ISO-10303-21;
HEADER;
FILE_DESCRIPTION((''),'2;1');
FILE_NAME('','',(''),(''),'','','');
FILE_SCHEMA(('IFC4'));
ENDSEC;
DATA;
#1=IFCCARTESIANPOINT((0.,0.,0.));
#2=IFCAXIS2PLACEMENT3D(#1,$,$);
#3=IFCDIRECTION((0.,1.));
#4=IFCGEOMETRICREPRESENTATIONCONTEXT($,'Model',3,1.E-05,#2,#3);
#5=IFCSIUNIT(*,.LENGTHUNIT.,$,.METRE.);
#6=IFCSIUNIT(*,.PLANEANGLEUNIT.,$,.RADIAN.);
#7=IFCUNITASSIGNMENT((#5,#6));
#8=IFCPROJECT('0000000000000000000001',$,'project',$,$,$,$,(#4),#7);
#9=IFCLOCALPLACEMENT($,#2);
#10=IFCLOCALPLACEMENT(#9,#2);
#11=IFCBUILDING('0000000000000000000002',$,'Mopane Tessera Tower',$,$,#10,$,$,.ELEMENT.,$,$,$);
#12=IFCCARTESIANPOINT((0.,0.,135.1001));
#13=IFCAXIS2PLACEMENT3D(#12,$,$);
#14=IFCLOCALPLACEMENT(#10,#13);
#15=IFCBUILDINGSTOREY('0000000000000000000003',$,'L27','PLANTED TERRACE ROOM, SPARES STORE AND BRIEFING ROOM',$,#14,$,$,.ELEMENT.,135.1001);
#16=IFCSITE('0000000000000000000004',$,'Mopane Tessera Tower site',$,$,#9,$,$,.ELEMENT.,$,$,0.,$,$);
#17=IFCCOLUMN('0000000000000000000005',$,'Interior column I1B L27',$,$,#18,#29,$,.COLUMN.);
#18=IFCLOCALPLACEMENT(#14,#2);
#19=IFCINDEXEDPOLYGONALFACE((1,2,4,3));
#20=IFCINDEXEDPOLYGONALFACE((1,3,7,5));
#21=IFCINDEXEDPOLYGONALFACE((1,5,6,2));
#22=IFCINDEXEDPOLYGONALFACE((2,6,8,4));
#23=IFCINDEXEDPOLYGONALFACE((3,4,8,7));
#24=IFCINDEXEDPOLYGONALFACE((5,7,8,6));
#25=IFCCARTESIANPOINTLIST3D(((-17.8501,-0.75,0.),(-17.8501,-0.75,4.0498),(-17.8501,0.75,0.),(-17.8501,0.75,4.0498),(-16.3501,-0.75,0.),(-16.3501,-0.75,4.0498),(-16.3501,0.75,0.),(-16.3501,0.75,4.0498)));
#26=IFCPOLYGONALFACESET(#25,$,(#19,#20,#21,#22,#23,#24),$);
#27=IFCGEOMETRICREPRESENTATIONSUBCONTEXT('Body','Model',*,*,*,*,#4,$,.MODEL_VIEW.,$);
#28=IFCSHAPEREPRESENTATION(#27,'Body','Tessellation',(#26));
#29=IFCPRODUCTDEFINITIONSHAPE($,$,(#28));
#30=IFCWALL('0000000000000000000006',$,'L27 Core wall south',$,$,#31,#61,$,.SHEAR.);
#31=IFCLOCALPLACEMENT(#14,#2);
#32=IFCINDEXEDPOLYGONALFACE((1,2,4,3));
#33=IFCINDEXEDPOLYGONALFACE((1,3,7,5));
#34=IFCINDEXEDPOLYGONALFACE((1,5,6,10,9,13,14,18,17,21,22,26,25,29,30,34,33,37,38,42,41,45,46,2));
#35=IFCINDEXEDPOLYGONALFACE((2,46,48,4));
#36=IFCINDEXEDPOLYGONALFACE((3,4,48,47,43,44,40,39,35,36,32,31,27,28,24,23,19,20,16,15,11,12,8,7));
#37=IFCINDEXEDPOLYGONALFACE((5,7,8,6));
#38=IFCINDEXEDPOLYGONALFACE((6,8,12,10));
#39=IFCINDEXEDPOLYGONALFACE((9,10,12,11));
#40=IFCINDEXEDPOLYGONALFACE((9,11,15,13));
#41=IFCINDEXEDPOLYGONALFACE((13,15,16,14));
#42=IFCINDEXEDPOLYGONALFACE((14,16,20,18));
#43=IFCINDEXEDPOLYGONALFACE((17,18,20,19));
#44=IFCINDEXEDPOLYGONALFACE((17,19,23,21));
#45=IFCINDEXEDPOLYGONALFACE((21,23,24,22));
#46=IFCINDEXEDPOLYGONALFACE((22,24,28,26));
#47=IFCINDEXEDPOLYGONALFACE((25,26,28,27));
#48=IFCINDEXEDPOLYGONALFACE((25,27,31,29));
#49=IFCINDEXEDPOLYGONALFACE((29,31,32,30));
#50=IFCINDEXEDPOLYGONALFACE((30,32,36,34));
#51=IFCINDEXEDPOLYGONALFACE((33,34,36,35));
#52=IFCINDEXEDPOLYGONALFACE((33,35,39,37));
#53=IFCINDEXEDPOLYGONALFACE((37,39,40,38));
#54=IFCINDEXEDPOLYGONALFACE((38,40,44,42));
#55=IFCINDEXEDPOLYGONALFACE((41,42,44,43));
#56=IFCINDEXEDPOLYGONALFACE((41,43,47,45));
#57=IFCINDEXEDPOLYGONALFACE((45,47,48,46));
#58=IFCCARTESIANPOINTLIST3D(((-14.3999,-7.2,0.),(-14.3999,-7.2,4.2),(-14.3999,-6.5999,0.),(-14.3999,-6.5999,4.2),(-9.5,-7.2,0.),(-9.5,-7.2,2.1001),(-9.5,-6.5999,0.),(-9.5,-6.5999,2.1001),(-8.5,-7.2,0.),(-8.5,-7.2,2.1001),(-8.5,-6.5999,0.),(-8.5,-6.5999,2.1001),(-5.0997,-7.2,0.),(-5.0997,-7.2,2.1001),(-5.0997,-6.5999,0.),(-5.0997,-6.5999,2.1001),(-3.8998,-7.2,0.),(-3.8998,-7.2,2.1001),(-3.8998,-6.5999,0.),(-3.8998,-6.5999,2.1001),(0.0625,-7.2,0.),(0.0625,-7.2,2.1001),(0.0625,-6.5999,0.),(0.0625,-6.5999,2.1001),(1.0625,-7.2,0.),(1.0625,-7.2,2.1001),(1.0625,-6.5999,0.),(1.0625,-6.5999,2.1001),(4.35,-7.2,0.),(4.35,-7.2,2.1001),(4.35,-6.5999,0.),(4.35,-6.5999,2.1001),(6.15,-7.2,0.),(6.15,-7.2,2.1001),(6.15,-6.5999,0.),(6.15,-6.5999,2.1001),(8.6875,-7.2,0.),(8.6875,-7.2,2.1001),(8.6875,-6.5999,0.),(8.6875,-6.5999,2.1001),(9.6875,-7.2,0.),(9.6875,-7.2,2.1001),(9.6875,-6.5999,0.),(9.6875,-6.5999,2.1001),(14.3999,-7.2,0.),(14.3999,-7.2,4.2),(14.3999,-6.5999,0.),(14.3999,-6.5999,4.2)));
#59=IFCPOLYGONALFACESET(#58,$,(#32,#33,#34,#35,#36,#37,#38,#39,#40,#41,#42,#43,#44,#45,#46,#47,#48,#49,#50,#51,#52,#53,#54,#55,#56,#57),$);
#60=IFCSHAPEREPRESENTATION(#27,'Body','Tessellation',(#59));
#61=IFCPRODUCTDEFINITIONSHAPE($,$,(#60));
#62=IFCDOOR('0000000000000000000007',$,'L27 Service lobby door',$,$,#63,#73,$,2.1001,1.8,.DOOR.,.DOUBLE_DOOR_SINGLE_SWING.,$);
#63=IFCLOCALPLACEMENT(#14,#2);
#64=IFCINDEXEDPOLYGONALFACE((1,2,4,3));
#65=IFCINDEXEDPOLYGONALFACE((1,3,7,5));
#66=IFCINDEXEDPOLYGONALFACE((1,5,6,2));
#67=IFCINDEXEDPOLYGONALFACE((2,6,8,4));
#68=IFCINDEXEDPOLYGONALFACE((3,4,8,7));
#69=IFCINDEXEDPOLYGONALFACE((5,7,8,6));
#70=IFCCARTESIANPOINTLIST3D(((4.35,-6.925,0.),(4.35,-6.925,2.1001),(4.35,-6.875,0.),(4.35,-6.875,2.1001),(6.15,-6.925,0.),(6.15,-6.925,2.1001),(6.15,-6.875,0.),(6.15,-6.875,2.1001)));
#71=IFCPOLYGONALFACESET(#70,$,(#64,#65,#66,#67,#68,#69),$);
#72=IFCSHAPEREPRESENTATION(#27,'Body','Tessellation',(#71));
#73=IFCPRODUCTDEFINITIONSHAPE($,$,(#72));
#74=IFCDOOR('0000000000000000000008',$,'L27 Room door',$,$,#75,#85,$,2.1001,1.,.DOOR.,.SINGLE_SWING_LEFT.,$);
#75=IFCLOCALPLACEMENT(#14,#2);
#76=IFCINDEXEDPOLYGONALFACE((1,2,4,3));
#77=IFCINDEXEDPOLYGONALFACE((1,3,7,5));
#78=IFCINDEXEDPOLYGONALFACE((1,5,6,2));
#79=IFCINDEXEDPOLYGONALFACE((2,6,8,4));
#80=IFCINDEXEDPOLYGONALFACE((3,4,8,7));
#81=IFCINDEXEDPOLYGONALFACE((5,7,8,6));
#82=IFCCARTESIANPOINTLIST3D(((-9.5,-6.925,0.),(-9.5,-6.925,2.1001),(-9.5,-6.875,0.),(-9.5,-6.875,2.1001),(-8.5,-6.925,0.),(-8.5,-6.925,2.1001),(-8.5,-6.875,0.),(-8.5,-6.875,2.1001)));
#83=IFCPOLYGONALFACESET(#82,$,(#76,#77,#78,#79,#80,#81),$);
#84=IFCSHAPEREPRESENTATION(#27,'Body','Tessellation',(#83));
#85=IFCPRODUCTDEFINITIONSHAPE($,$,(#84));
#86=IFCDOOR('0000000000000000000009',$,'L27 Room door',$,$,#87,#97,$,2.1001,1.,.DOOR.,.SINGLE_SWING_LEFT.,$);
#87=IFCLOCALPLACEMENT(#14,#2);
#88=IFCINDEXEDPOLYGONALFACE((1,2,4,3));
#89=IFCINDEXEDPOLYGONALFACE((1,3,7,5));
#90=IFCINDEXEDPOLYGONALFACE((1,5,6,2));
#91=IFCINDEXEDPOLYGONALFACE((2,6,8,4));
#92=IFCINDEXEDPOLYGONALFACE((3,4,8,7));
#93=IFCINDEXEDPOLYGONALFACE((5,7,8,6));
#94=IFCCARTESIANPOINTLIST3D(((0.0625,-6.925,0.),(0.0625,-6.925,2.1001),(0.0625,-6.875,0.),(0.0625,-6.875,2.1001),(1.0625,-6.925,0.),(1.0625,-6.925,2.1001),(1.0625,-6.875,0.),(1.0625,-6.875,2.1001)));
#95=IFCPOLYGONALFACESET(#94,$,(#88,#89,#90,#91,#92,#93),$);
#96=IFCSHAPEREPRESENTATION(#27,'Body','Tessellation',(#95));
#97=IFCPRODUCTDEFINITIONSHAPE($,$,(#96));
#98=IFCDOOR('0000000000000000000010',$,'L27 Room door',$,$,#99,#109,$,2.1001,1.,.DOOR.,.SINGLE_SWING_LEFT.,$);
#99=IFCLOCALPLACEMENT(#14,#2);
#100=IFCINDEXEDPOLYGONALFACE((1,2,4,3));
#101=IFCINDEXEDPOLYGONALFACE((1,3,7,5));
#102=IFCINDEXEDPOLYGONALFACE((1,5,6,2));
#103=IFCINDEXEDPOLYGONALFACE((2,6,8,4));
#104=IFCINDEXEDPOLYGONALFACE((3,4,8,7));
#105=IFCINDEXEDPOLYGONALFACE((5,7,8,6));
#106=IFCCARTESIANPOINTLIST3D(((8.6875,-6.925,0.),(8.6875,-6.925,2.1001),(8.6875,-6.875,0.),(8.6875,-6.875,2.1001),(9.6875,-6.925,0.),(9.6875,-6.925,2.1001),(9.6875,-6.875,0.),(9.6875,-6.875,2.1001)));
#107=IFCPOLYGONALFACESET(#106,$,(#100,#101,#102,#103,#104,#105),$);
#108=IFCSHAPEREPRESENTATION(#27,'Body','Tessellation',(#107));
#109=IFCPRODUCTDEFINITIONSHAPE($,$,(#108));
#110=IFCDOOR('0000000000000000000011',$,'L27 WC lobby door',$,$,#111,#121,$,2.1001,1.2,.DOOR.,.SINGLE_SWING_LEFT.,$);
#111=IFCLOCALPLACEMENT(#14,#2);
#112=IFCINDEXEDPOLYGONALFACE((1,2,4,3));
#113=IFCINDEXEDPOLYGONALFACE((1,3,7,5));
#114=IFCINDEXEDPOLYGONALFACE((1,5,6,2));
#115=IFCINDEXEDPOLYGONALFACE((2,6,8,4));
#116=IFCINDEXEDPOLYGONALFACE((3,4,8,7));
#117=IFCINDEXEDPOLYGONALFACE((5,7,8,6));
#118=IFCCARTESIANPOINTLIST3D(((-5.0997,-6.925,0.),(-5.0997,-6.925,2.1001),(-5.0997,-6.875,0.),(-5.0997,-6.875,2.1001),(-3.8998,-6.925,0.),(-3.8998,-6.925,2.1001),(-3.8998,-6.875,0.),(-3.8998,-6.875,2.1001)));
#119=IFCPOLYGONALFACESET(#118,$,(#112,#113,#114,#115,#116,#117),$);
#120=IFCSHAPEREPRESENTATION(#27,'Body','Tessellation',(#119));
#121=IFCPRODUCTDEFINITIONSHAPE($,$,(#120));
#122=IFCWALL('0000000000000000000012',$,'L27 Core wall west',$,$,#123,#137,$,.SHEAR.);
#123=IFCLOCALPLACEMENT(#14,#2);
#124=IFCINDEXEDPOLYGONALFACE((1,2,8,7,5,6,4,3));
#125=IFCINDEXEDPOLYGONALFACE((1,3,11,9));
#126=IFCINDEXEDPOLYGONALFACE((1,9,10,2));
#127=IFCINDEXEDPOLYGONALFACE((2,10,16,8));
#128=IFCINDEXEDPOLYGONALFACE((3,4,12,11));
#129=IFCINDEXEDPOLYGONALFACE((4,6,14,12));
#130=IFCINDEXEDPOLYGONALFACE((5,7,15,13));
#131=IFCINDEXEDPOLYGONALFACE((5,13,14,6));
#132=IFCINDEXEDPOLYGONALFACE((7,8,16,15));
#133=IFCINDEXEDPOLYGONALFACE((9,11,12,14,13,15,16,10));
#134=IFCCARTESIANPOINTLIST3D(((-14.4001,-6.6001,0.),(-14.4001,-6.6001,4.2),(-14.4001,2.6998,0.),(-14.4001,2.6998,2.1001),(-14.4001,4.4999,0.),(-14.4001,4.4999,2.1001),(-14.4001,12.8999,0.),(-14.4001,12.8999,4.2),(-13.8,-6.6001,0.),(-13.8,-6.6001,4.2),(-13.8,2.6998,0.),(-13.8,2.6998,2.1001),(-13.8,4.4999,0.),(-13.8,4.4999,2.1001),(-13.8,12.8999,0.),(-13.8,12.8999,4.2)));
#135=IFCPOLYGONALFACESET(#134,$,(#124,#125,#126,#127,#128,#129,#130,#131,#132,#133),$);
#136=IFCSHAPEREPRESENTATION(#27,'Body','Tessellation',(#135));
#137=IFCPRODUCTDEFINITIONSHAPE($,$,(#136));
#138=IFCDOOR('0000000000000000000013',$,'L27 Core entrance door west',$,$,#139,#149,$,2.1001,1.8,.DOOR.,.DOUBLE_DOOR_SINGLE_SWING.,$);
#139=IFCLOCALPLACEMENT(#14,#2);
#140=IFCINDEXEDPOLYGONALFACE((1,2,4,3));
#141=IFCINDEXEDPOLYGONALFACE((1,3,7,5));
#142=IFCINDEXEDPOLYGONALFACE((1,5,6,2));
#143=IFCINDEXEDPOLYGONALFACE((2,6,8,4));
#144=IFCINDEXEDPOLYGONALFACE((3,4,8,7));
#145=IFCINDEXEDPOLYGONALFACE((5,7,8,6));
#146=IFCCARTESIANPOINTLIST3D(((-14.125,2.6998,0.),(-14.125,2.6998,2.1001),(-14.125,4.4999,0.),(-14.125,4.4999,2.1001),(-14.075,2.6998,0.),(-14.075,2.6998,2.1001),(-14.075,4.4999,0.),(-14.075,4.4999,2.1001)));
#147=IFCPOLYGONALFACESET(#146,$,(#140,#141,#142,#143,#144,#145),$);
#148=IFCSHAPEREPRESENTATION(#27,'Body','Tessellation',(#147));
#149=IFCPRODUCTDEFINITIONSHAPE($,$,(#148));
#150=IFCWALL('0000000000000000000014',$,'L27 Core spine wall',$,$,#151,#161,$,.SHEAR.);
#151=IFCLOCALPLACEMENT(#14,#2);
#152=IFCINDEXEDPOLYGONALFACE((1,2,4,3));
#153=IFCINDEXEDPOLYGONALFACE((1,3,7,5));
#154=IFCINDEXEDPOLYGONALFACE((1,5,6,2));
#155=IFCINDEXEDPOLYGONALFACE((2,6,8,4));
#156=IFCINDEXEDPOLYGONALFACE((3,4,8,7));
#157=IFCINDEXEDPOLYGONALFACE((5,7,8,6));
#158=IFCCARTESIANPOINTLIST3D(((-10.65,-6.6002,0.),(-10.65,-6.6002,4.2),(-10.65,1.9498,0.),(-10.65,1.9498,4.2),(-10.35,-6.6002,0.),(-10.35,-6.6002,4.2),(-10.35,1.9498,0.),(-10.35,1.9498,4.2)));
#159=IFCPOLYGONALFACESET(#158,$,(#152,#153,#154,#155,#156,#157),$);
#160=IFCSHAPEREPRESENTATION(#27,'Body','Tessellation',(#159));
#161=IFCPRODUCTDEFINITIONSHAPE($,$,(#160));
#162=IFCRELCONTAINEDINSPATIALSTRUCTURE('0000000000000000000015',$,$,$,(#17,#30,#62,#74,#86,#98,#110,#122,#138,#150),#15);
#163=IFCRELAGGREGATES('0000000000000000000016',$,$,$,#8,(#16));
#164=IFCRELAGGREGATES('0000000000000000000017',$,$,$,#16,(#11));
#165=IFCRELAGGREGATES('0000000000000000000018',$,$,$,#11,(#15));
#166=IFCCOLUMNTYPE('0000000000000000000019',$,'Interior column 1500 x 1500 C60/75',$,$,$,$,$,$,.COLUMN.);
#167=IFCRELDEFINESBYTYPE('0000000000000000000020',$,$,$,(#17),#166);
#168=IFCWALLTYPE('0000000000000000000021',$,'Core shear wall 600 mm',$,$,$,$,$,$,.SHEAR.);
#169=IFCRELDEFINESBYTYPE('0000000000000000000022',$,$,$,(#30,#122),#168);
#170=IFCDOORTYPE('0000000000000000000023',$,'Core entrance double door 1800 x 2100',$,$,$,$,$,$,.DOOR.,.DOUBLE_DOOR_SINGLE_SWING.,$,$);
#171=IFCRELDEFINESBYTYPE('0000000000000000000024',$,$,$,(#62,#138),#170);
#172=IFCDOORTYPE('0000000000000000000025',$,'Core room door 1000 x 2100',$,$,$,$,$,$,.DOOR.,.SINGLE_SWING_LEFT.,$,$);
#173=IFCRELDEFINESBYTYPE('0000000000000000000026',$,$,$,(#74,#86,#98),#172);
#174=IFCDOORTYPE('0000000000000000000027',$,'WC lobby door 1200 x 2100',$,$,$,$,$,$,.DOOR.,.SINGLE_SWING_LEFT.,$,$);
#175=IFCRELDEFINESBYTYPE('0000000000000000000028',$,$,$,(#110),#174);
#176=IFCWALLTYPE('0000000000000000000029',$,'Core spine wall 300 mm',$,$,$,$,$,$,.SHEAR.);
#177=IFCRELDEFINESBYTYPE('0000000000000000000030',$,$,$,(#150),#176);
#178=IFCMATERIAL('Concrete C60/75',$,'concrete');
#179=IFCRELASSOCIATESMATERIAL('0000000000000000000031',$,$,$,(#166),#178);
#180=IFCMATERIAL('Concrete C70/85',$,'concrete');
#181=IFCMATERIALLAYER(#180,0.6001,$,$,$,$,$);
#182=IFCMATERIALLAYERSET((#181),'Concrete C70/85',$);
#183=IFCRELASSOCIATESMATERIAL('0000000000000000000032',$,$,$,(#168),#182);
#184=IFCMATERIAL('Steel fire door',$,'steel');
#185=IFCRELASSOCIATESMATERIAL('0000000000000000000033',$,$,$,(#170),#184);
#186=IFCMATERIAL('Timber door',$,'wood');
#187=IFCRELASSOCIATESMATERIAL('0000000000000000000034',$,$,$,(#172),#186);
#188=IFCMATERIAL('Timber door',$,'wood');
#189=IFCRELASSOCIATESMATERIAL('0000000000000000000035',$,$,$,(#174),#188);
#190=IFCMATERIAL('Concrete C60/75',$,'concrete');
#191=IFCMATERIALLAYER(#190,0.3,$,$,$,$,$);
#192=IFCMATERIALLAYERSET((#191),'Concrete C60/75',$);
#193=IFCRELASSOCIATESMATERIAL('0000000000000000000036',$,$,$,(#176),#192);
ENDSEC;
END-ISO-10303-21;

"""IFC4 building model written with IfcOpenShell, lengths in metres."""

from ifc_helpers import new_model, si_unit, direction, frame, frame_2d, origin, origin_2d, place, context, subcontext, project, spatial, rectangle, extrude, material, layer, layer_set, material_profile, profile_set, type_object, element, fill, save


model = new_model("IFC4")

# Units and contexts
model_context = context("Model", 3, precision=1e-05, world=origin(), true_north=direction((0.0, 1.0)))
body_context = subcontext(model_context, "Body", "Model", "MODEL_VIEW")
ifc_project = project(units=[si_unit("LENGTHUNIT", "METRE"), si_unit("PLANEANGLEUNIT", "RADIAN")], contexts=[model_context])

# Site, building, storey
site_placement = place(None, origin())
site = spatial("IfcSite", under=ifc_project, at=site_placement, Name="Mopane Tessera Tower site", CompositionType="ELEMENT", RefElevation=0.0)
building_placement = place(site_placement, origin())
building = spatial("IfcBuilding", under=site, at=building_placement, Name="Mopane Tessera Tower", CompositionType="ELEMENT")
storey_placement = place(building_placement, frame((0.0, 0.0, 135.1001)))
storey = spatial("IfcBuildingStorey", under=building, at=storey_placement, Name="L27", Description="PLANTED TERRACE ROOM, SPARES STORE AND BRIEFING ROOM", CompositionType="ELEMENT", Elevation=135.1001)

# Column
ifc_material_1 = material(Name="Concrete C60/75", Category="concrete")
ifc_material_profile = material_profile(ifc_material_1, rectangle(XDim=1.5, YDim=1.5, at=origin_2d()))
ifc_profile_set = profile_set([ifc_material_profile], Name="Concrete C60/75")
column_type = type_object("IfcColumnType", Name="Interior column 1500 x 1500 C60/75", PredefinedType="COLUMN", material=ifc_profile_set)
column_placement = place(storey_placement, frame((-17.1001, 0.0, 0.0), z_axis=(0.0, 0.0, 1.0), x_axis=(1.0, 0.0, 0.0)))
element("IfcColumn", 1, at=column_placement, inside=storey, type_object=column_type, Name="Interior column I1B L27", PredefinedType="COLUMN", context=body_context, shape_type="SweptSolid", body=[
    extrude(rectangle(XDim=1.5, YDim=1.5, at=origin_2d()), origin(), (0.0, 0.0, 1.0), 4.0498),
])

# Wall, openings, doors
ifc_material_2 = material(Name="Concrete C70/85", Category="concrete")
ifc_layer_1 = layer(ifc_material_2, 0.6001)
ifc_layer_set_1 = layer_set([ifc_layer_1], Name="Concrete C70/85")
wall_type_1 = type_object("IfcWallType", Name="Core shear wall 600 mm", PredefinedType="SHEAR", material=ifc_layer_set_1)
wall_1_placement = place(storey_placement, frame((-14.3999, -6.8999, 0.0), z_axis=(0.0, 0.0, 1.0), x_axis=(1.0, 0.0, 0.0)))
wall_1 = element("IfcWall", 2, at=wall_1_placement, inside=storey, type_object=wall_type_1, Name="L27 Core wall south", PredefinedType="SHEAR", context=body_context, shape_type="SweptSolid", body=[
    extrude(rectangle(XDim=28.7998, YDim=0.6001, at=frame_2d((14.3999, 0.0))), origin(), (0.0, 0.0, 1.0), 4.2),
])
opening_1_placement = place(wall_1_placement, frame((4.8999, 0.0, 0.0)))
opening_1 = element("IfcOpeningElement", 3, at=opening_1_placement, cuts=wall_1, PredefinedType="OPENING", context=body_context, shape_type="SweptSolid", body=[
    extrude(rectangle(XDim=1.0, YDim=2.1001, at=frame_2d((0.5, 1.05))), frame((0.0, 0.312, 0.0), z_axis=(0.0, -1.0, 0.0), x_axis=(1.0, 0.0, 0.0)), (0.0, 0.0, 1.0), 0.624),
])
opening_2_placement = place(wall_1_placement, frame((9.3, 0.0, 0.0)))
opening_2 = element("IfcOpeningElement", 4, at=opening_2_placement, cuts=wall_1, PredefinedType="OPENING", context=body_context, shape_type="SweptSolid", body=[
    extrude(rectangle(XDim=1.2, YDim=2.1001, at=frame_2d((0.6001, 1.05))), frame((0.0, 0.312, 0.0), z_axis=(0.0, -1.0, 0.0), x_axis=(1.0, 0.0, 0.0)), (0.0, 0.0, 1.0), 0.624),
])
opening_3_placement = place(wall_1_placement, frame((14.4624, 0.0, 0.0)))
opening_3 = element("IfcOpeningElement", 5, at=opening_3_placement, cuts=wall_1, PredefinedType="OPENING", context=body_context, shape_type="SweptSolid", body=[
    extrude(rectangle(XDim=1.0, YDim=2.1001, at=frame_2d((0.5, 1.05))), frame((0.0, 0.312, 0.0), z_axis=(0.0, -1.0, 0.0), x_axis=(1.0, 0.0, 0.0)), (0.0, 0.0, 1.0), 0.624),
])
opening_4_placement = place(wall_1_placement, frame((18.75, 0.0, 0.0)))
opening_4 = element("IfcOpeningElement", 6, at=opening_4_placement, cuts=wall_1, PredefinedType="OPENING", context=body_context, shape_type="SweptSolid", body=[
    extrude(rectangle(XDim=1.8, YDim=2.1001, at=frame_2d((0.8999, 1.05))), frame((0.0, 0.312, 0.0), z_axis=(0.0, -1.0, 0.0), x_axis=(1.0, 0.0, 0.0)), (0.0, 0.0, 1.0), 0.624),
])
opening_5_placement = place(wall_1_placement, frame((23.0874, 0.0, 0.0)))
opening_5 = element("IfcOpeningElement", 7, at=opening_5_placement, cuts=wall_1, PredefinedType="OPENING", context=body_context, shape_type="SweptSolid", body=[
    extrude(rectangle(XDim=1.0, YDim=2.1001, at=frame_2d((0.5, 1.05))), frame((0.0, 0.312, 0.0), z_axis=(0.0, -1.0, 0.0), x_axis=(1.0, 0.0, 0.0)), (0.0, 0.0, 1.0), 0.624),
])
ifc_material_3 = material(Name="Steel fire door", Category="steel")
door_type_1 = type_object("IfcDoorType", Name="Core entrance double door 1800 x 2100", OperationType="DOUBLE_DOOR_SINGLE_SWING", PredefinedType="DOOR", material=ifc_material_3)
door_1_placement = place(opening_4_placement, origin())
door_1 = element("IfcDoor", 8, at=door_1_placement, inside=storey, type_object=door_type_1, Name="L27 Service lobby door", OperationType="DOUBLE_DOOR_SINGLE_SWING", OverallHeight=2.1001, OverallWidth=1.8, PredefinedType="DOOR", context=body_context, shape_type="SweptSolid", body=[
    extrude(rectangle(XDim=1.8, YDim=2.1001, at=frame_2d((0.8999, 1.05))), frame((0.0, 0.0249, 0.0), z_axis=(0.0, -1.0, 0.0), x_axis=(1.0, 0.0, 0.0)), (0.0, 0.0, 1.0), 0.05),
])
fill(opening_4, door_1)
ifc_material_4 = material(Name="Timber door", Category="wood")
door_type_2 = type_object("IfcDoorType", Name="Core room door 1000 x 2100", OperationType="SINGLE_SWING_LEFT", PredefinedType="DOOR", material=ifc_material_4)
door_2_placement = place(opening_1_placement, origin())
door_2 = element("IfcDoor", 9, at=door_2_placement, inside=storey, type_object=door_type_2, Name="L27 Room door", OperationType="SINGLE_SWING_LEFT", OverallHeight=2.1001, OverallWidth=1.0, PredefinedType="DOOR", context=body_context, shape_type="SweptSolid", body=[
    extrude(rectangle(XDim=1.0, YDim=2.1001, at=frame_2d((0.5, 1.05))), frame((0.0, 0.0249, 0.0), z_axis=(0.0, -1.0, 0.0), x_axis=(1.0, 0.0, 0.0)), (0.0, 0.0, 1.0), 0.05),
])
fill(opening_1, door_2)
door_3_placement = place(opening_3_placement, origin())
door_3 = element("IfcDoor", 10, at=door_3_placement, inside=storey, type_object=door_type_2, Name="L27 Room door", OperationType="SINGLE_SWING_LEFT", OverallHeight=2.1001, OverallWidth=1.0, PredefinedType="DOOR", context=body_context, shape_type="SweptSolid", body=[
    extrude(rectangle(XDim=1.0, YDim=2.1001, at=frame_2d((0.5, 1.05))), frame((0.0, 0.0249, 0.0), z_axis=(0.0, -1.0, 0.0), x_axis=(1.0, 0.0, 0.0)), (0.0, 0.0, 1.0), 0.05),
])
fill(opening_3, door_3)
door_4_placement = place(opening_5_placement, origin())
door_4 = element("IfcDoor", 11, at=door_4_placement, inside=storey, type_object=door_type_2, Name="L27 Room door", OperationType="SINGLE_SWING_LEFT", OverallHeight=2.1001, OverallWidth=1.0, PredefinedType="DOOR", context=body_context, shape_type="SweptSolid", body=[
    extrude(rectangle(XDim=1.0, YDim=2.1001, at=frame_2d((0.5, 1.05))), frame((0.0, 0.0249, 0.0), z_axis=(0.0, -1.0, 0.0), x_axis=(1.0, 0.0, 0.0)), (0.0, 0.0, 1.0), 0.05),
])
fill(opening_5, door_4)
ifc_material_5 = material(Name="Timber door", Category="wood")
door_type_3 = type_object("IfcDoorType", Name="WC lobby door 1200 x 2100", OperationType="SINGLE_SWING_LEFT", PredefinedType="DOOR", material=ifc_material_5)
door_5_placement = place(opening_2_placement, origin())
door_5 = element("IfcDoor", 12, at=door_5_placement, inside=storey, type_object=door_type_3, Name="L27 WC lobby door", OperationType="SINGLE_SWING_LEFT", OverallHeight=2.1001, OverallWidth=1.2, PredefinedType="DOOR", context=body_context, shape_type="SweptSolid", body=[
    extrude(rectangle(XDim=1.2, YDim=2.1001, at=frame_2d((0.6001, 1.05))), frame((0.0, 0.0249, 0.0), z_axis=(0.0, -1.0, 0.0), x_axis=(1.0, 0.0, 0.0)), (0.0, 0.0, 1.0), 0.05),
])
fill(opening_2, door_5)

# Wall, opening, door
wall_2_placement = place(storey_placement, frame((-14.1001, -6.6001, 0.0), z_axis=(0.0, 0.0, 1.0), x_axis=(0.0, 1.0, 0.0)))
wall_2 = element("IfcWall", 13, at=wall_2_placement, inside=storey, type_object=wall_type_1, Name="L27 Core wall west", PredefinedType="SHEAR", context=body_context, shape_type="SweptSolid", body=[
    extrude(rectangle(XDim=19.5, YDim=0.6001, at=frame_2d((9.75, 0.0))), origin(), (0.0, 0.0, 1.0), 4.2),
])
opening_6_placement = place(wall_2_placement, frame((9.3, 0.0, 0.0)))
opening_6 = element("IfcOpeningElement", 14, at=opening_6_placement, cuts=wall_2, PredefinedType="OPENING", context=body_context, shape_type="SweptSolid", body=[
    extrude(rectangle(XDim=1.8, YDim=2.1001, at=frame_2d((0.8999, 1.05))), frame((0.0, 0.312, 0.0), z_axis=(0.0, -1.0, 0.0), x_axis=(1.0, 0.0, 0.0)), (0.0, 0.0, 1.0), 0.624),
])
door_6_placement = place(opening_6_placement, origin())
door_6 = element("IfcDoor", 15, at=door_6_placement, inside=storey, type_object=door_type_1, Name="L27 Core entrance door west", OperationType="DOUBLE_DOOR_SINGLE_SWING", OverallHeight=2.1001, OverallWidth=1.8, PredefinedType="DOOR", context=body_context, shape_type="SweptSolid", body=[
    extrude(rectangle(XDim=1.8, YDim=2.1001, at=frame_2d((0.8999, 1.05))), frame((0.0, 0.0249, 0.0), z_axis=(0.0, -1.0, 0.0), x_axis=(1.0, 0.0, 0.0)), (0.0, 0.0, 1.0), 0.05),
])
fill(opening_6, door_6)

# Wall
ifc_material_6 = material(Name="Concrete C60/75", Category="concrete")
ifc_layer_2 = layer(ifc_material_6, 0.3)
ifc_layer_set_2 = layer_set([ifc_layer_2], Name="Concrete C60/75")
wall_type_2 = type_object("IfcWallType", Name="Core spine wall 300 mm", PredefinedType="SHEAR", material=ifc_layer_set_2)
wall_3_placement = place(storey_placement, frame((-10.5, -6.6001, 0.0), z_axis=(0.0, 0.0, 1.0), x_axis=(0.0, 1.0, 0.0)))
element("IfcWall", 16, at=wall_3_placement, inside=storey, type_object=wall_type_2, Name="L27 Core spine wall", PredefinedType="SHEAR", context=body_context, shape_type="SweptSolid", body=[
    extrude(rectangle(XDim=8.55, YDim=0.3, at=frame_2d((4.2749, 0.0))), origin(), (0.0, 0.0, 1.0), 4.2),
])

save(model, "model.ifc")
